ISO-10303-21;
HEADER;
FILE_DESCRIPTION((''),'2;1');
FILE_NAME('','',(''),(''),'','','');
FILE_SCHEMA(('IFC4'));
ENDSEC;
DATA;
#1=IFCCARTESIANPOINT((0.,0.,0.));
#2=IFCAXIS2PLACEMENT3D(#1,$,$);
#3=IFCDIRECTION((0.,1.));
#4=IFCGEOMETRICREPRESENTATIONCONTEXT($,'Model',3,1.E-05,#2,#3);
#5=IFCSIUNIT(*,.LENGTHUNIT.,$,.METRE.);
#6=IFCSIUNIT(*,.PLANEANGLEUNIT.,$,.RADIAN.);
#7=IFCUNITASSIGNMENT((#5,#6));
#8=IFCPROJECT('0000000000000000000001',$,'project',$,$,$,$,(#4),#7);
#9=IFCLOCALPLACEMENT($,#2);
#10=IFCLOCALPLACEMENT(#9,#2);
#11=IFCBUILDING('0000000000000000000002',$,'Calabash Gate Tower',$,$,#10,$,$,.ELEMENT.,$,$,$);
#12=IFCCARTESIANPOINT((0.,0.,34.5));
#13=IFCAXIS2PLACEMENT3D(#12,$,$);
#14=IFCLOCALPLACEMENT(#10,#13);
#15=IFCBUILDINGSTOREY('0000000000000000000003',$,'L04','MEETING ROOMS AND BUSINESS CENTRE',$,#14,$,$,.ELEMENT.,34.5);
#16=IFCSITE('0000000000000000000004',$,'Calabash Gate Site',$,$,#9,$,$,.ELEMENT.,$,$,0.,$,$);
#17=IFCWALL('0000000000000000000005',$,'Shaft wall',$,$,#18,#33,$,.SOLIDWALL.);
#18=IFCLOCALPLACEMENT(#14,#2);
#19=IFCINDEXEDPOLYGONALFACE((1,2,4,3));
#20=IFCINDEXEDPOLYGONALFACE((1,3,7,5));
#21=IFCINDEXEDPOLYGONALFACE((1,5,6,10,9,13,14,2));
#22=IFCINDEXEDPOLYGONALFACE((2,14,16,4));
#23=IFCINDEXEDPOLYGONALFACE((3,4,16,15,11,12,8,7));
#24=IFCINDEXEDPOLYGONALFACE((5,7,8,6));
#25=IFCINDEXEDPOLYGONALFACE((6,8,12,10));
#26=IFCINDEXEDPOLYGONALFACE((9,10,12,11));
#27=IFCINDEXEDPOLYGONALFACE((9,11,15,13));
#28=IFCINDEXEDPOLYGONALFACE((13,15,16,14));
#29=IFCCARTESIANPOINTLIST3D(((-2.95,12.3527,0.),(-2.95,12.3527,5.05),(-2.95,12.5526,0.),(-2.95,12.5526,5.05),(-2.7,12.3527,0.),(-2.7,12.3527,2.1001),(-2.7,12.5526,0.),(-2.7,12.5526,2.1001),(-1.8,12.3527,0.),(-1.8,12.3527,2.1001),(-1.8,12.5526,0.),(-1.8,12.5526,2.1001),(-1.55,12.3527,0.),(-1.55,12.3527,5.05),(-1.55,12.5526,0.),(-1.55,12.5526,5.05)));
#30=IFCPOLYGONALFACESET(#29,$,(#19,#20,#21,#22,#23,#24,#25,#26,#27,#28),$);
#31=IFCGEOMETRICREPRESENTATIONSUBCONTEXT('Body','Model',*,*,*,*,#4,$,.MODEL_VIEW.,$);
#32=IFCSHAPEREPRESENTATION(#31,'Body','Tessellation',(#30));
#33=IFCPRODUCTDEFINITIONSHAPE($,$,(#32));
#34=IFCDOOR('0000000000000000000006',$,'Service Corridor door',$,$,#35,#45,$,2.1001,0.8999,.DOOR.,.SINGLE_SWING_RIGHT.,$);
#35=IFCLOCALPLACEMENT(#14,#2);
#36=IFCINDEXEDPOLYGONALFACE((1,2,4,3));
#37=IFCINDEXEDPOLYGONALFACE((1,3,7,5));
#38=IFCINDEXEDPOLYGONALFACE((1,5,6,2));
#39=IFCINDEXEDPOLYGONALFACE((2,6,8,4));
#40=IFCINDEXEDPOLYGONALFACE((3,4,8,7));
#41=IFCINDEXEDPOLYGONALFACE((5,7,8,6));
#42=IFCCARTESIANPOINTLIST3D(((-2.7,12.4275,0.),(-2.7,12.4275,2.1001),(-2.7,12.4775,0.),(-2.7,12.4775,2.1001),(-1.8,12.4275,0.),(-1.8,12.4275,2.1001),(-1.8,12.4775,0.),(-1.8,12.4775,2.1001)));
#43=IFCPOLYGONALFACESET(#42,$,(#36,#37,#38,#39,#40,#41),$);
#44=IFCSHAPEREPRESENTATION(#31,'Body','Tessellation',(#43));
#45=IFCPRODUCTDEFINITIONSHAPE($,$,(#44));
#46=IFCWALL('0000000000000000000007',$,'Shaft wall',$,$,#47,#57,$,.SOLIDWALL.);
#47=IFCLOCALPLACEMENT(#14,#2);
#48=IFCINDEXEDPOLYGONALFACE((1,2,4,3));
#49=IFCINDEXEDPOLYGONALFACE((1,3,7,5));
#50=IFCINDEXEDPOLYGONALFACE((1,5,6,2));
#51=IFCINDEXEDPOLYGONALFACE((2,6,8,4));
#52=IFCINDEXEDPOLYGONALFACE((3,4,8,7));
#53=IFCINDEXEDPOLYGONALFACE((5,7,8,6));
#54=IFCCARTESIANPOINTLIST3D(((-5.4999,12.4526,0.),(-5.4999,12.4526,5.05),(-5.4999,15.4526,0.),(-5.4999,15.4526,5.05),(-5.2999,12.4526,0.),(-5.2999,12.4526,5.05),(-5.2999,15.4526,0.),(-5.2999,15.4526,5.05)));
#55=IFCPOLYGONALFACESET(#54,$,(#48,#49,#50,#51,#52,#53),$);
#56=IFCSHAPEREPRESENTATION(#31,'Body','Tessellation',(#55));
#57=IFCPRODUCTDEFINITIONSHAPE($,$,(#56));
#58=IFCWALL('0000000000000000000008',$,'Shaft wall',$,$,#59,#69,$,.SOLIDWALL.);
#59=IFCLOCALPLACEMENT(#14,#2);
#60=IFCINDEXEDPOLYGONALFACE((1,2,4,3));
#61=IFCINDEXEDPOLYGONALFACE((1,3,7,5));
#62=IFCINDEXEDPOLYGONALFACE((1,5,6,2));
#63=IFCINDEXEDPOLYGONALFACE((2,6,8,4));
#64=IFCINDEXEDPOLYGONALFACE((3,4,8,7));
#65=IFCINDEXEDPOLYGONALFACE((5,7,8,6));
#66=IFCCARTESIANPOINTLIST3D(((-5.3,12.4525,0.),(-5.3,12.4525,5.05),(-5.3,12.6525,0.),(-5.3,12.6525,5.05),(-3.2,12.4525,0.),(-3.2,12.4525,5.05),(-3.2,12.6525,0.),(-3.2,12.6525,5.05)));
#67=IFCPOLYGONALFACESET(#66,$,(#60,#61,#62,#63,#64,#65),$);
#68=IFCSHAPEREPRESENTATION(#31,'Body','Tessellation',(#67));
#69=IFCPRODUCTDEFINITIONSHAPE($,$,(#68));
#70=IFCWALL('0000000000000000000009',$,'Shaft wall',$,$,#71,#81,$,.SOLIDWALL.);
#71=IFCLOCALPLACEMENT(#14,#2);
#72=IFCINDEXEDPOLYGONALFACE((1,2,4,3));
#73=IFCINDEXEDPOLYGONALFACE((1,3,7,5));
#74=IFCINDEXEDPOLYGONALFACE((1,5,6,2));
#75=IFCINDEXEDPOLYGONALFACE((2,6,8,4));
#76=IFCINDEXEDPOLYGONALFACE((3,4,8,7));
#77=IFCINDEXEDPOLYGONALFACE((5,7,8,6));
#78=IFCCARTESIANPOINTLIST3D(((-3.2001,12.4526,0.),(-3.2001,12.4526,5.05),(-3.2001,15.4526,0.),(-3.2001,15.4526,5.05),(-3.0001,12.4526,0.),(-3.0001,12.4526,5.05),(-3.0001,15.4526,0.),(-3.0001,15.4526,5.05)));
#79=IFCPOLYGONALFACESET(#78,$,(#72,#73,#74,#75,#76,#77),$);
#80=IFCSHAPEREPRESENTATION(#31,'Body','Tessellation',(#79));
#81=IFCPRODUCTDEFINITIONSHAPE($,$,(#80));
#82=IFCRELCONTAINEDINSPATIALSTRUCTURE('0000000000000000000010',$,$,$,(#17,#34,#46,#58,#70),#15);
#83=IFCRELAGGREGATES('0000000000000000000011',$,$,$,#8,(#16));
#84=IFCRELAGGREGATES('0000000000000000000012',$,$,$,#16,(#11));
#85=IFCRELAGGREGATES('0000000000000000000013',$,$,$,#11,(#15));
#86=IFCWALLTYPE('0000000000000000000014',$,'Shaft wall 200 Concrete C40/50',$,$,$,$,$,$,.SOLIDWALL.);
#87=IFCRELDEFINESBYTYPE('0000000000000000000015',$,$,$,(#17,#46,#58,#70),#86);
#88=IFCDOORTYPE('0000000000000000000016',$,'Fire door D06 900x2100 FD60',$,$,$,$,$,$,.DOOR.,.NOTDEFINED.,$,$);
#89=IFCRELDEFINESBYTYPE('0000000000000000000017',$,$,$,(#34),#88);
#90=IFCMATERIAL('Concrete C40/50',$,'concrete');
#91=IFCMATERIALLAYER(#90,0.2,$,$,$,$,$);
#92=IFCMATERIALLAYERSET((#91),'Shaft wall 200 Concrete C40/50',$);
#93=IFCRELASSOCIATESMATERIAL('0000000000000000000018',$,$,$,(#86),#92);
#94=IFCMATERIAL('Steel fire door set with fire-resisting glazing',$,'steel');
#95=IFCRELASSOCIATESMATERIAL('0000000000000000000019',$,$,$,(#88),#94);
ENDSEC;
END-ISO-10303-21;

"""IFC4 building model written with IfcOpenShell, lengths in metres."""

from ifc_helpers import new_model, si_unit, direction, frame, frame_2d, origin, place, context, subcontext, project, spatial, rectangle, extrude, material, layer, layer_set, type_object, element, fill, save


model = new_model("IFC4")

# Units and contexts
model_context = context("Model", 3, precision=1e-05, world=origin(), true_north=direction((0.0, 1.0)))
body_context = subcontext(model_context, "Body", "Model", "MODEL_VIEW")
ifc_project = project(units=[si_unit("LENGTHUNIT", "METRE"), si_unit("PLANEANGLEUNIT", "RADIAN")], contexts=[model_context])

# Site, building, storey
site_placement = place(None, origin())
site = spatial("IfcSite", under=ifc_project, at=site_placement, Name="Calabash Gate Site", CompositionType="ELEMENT", RefElevation=0.0)
building_placement = place(site_placement, origin())
building = spatial("IfcBuilding", under=site, at=building_placement, Name="Calabash Gate Tower", CompositionType="ELEMENT")
storey_placement = place(building_placement, frame((0.0, 0.0, 34.5)))
storey = spatial("IfcBuildingStorey", under=building, at=storey_placement, Name="L04", Description="MEETING ROOMS AND BUSINESS CENTRE", CompositionType="ELEMENT", Elevation=34.5)

# Shared definitions
ifc_material_1 = material(Name="Concrete C40/50", Category="concrete")
ifc_layer_1 = layer(ifc_material_1, 0.2)
ifc_layer_set_1 = layer_set([ifc_layer_1], Name="Shaft wall 200 Concrete C40/50")
wall_type = type_object("IfcWallType", Name="Shaft wall 200 Concrete C40/50", PredefinedType="SOLIDWALL", material=ifc_layer_set_1)

# Wall, opening, door
wall_1_placement = place(storey_placement, frame((-2.95, 12.4526, 0.0), z_axis=(0.0, 0.0, 1.0), x_axis=(1.0, 0.0, 0.0)))
wall_1 = element("IfcWall", 1, at=wall_1_placement, inside=storey, type_object=wall_type, Name="Shaft wall", PredefinedType="SOLIDWALL", context=body_context, shape_type="SweptSolid", body=[
    extrude(rectangle(XDim=1.3999, YDim=0.2, at=frame_2d((0.7, 0.0))), origin(), (0.0, 0.0, 1.0), 5.05),
])
opening_1_placement = place(wall_1_placement, frame((0.25, 0.0, 0.0)))
opening_1 = element("IfcOpeningElement", 2, at=opening_1_placement, cuts=wall_1, PredefinedType="OPENING", context=body_context, shape_type="SweptSolid", body=[
    extrude(rectangle(XDim=0.8999, YDim=2.1001, at=frame_2d((0.45, 1.05))), frame((0.0, 0.1099, 0.0), z_axis=(0.0, -1.0, 0.0), x_axis=(1.0, 0.0, 0.0)), (0.0, 0.0, 1.0), 0.22),
])
ifc_material_2 = material(Name="Steel fire door set with fire-resisting glazing", Category="steel")
door_type_1 = type_object("IfcDoorType", Name="Fire door D06 900x2100 FD60", OperationType="NOTDEFINED", PredefinedType="DOOR", material=ifc_material_2)
door_1_placement = place(opening_1_placement, origin())
door_1 = element("IfcDoor", 3, at=door_1_placement, inside=storey, type_object=door_type_1, Name="Service Corridor door", OperationType="SINGLE_SWING_RIGHT", OverallHeight=2.1001, OverallWidth=0.8999, PredefinedType="DOOR", context=body_context, shape_type="SweptSolid", body=[
    extrude(rectangle(XDim=0.8999, YDim=2.1001, at=frame_2d((0.45, 1.05))), frame((0.0, 0.0249, 0.0), z_axis=(0.0, -1.0, 0.0), x_axis=(1.0, 0.0, 0.0)), (0.0, 0.0, 1.0), 0.05),
])
fill(opening_1, door_1)

# Walls
wall_2_placement = place(storey_placement, frame((-5.3999, 12.4526, 0.0), z_axis=(0.0, 0.0, 1.0), x_axis=(0.0, 1.0, 0.0)))
element("IfcWall", 4, at=wall_2_placement, inside=storey, type_object=wall_type, Name="Shaft wall", PredefinedType="SOLIDWALL", context=body_context, shape_type="SweptSolid", body=[
    extrude(rectangle(XDim=3.0, YDim=0.2, at=frame_2d((1.5, 0.0))), origin(), (0.0, 0.0, 1.0), 5.05),
])
wall_3_placement = place(storey_placement, frame((-5.3, 12.5525, 0.0), z_axis=(0.0, 0.0, 1.0), x_axis=(1.0, 0.0, 0.0)))
element("IfcWall", 5, at=wall_3_placement, inside=storey, type_object=wall_type, Name="Shaft wall", PredefinedType="SOLIDWALL", context=body_context, shape_type="SweptSolid", body=[
    extrude(rectangle(XDim=2.1001, YDim=0.2, at=frame_2d((1.05, 0.0))), origin(), (0.0, 0.0, 1.0), 5.05),
])
wall_4_placement = place(storey_placement, frame((-3.1001, 12.4526, 0.0), z_axis=(0.0, 0.0, 1.0), x_axis=(0.0, 1.0, 0.0)))
element("IfcWall", 6, at=wall_4_placement, inside=storey, type_object=wall_type, Name="Shaft wall", PredefinedType="SOLIDWALL", context=body_context, shape_type="SweptSolid", body=[
    extrude(rectangle(XDim=3.0, YDim=0.2, at=frame_2d((1.5, 0.0))), origin(), (0.0, 0.0, 1.0), 5.05),
])

save(model, "model.ifc")
